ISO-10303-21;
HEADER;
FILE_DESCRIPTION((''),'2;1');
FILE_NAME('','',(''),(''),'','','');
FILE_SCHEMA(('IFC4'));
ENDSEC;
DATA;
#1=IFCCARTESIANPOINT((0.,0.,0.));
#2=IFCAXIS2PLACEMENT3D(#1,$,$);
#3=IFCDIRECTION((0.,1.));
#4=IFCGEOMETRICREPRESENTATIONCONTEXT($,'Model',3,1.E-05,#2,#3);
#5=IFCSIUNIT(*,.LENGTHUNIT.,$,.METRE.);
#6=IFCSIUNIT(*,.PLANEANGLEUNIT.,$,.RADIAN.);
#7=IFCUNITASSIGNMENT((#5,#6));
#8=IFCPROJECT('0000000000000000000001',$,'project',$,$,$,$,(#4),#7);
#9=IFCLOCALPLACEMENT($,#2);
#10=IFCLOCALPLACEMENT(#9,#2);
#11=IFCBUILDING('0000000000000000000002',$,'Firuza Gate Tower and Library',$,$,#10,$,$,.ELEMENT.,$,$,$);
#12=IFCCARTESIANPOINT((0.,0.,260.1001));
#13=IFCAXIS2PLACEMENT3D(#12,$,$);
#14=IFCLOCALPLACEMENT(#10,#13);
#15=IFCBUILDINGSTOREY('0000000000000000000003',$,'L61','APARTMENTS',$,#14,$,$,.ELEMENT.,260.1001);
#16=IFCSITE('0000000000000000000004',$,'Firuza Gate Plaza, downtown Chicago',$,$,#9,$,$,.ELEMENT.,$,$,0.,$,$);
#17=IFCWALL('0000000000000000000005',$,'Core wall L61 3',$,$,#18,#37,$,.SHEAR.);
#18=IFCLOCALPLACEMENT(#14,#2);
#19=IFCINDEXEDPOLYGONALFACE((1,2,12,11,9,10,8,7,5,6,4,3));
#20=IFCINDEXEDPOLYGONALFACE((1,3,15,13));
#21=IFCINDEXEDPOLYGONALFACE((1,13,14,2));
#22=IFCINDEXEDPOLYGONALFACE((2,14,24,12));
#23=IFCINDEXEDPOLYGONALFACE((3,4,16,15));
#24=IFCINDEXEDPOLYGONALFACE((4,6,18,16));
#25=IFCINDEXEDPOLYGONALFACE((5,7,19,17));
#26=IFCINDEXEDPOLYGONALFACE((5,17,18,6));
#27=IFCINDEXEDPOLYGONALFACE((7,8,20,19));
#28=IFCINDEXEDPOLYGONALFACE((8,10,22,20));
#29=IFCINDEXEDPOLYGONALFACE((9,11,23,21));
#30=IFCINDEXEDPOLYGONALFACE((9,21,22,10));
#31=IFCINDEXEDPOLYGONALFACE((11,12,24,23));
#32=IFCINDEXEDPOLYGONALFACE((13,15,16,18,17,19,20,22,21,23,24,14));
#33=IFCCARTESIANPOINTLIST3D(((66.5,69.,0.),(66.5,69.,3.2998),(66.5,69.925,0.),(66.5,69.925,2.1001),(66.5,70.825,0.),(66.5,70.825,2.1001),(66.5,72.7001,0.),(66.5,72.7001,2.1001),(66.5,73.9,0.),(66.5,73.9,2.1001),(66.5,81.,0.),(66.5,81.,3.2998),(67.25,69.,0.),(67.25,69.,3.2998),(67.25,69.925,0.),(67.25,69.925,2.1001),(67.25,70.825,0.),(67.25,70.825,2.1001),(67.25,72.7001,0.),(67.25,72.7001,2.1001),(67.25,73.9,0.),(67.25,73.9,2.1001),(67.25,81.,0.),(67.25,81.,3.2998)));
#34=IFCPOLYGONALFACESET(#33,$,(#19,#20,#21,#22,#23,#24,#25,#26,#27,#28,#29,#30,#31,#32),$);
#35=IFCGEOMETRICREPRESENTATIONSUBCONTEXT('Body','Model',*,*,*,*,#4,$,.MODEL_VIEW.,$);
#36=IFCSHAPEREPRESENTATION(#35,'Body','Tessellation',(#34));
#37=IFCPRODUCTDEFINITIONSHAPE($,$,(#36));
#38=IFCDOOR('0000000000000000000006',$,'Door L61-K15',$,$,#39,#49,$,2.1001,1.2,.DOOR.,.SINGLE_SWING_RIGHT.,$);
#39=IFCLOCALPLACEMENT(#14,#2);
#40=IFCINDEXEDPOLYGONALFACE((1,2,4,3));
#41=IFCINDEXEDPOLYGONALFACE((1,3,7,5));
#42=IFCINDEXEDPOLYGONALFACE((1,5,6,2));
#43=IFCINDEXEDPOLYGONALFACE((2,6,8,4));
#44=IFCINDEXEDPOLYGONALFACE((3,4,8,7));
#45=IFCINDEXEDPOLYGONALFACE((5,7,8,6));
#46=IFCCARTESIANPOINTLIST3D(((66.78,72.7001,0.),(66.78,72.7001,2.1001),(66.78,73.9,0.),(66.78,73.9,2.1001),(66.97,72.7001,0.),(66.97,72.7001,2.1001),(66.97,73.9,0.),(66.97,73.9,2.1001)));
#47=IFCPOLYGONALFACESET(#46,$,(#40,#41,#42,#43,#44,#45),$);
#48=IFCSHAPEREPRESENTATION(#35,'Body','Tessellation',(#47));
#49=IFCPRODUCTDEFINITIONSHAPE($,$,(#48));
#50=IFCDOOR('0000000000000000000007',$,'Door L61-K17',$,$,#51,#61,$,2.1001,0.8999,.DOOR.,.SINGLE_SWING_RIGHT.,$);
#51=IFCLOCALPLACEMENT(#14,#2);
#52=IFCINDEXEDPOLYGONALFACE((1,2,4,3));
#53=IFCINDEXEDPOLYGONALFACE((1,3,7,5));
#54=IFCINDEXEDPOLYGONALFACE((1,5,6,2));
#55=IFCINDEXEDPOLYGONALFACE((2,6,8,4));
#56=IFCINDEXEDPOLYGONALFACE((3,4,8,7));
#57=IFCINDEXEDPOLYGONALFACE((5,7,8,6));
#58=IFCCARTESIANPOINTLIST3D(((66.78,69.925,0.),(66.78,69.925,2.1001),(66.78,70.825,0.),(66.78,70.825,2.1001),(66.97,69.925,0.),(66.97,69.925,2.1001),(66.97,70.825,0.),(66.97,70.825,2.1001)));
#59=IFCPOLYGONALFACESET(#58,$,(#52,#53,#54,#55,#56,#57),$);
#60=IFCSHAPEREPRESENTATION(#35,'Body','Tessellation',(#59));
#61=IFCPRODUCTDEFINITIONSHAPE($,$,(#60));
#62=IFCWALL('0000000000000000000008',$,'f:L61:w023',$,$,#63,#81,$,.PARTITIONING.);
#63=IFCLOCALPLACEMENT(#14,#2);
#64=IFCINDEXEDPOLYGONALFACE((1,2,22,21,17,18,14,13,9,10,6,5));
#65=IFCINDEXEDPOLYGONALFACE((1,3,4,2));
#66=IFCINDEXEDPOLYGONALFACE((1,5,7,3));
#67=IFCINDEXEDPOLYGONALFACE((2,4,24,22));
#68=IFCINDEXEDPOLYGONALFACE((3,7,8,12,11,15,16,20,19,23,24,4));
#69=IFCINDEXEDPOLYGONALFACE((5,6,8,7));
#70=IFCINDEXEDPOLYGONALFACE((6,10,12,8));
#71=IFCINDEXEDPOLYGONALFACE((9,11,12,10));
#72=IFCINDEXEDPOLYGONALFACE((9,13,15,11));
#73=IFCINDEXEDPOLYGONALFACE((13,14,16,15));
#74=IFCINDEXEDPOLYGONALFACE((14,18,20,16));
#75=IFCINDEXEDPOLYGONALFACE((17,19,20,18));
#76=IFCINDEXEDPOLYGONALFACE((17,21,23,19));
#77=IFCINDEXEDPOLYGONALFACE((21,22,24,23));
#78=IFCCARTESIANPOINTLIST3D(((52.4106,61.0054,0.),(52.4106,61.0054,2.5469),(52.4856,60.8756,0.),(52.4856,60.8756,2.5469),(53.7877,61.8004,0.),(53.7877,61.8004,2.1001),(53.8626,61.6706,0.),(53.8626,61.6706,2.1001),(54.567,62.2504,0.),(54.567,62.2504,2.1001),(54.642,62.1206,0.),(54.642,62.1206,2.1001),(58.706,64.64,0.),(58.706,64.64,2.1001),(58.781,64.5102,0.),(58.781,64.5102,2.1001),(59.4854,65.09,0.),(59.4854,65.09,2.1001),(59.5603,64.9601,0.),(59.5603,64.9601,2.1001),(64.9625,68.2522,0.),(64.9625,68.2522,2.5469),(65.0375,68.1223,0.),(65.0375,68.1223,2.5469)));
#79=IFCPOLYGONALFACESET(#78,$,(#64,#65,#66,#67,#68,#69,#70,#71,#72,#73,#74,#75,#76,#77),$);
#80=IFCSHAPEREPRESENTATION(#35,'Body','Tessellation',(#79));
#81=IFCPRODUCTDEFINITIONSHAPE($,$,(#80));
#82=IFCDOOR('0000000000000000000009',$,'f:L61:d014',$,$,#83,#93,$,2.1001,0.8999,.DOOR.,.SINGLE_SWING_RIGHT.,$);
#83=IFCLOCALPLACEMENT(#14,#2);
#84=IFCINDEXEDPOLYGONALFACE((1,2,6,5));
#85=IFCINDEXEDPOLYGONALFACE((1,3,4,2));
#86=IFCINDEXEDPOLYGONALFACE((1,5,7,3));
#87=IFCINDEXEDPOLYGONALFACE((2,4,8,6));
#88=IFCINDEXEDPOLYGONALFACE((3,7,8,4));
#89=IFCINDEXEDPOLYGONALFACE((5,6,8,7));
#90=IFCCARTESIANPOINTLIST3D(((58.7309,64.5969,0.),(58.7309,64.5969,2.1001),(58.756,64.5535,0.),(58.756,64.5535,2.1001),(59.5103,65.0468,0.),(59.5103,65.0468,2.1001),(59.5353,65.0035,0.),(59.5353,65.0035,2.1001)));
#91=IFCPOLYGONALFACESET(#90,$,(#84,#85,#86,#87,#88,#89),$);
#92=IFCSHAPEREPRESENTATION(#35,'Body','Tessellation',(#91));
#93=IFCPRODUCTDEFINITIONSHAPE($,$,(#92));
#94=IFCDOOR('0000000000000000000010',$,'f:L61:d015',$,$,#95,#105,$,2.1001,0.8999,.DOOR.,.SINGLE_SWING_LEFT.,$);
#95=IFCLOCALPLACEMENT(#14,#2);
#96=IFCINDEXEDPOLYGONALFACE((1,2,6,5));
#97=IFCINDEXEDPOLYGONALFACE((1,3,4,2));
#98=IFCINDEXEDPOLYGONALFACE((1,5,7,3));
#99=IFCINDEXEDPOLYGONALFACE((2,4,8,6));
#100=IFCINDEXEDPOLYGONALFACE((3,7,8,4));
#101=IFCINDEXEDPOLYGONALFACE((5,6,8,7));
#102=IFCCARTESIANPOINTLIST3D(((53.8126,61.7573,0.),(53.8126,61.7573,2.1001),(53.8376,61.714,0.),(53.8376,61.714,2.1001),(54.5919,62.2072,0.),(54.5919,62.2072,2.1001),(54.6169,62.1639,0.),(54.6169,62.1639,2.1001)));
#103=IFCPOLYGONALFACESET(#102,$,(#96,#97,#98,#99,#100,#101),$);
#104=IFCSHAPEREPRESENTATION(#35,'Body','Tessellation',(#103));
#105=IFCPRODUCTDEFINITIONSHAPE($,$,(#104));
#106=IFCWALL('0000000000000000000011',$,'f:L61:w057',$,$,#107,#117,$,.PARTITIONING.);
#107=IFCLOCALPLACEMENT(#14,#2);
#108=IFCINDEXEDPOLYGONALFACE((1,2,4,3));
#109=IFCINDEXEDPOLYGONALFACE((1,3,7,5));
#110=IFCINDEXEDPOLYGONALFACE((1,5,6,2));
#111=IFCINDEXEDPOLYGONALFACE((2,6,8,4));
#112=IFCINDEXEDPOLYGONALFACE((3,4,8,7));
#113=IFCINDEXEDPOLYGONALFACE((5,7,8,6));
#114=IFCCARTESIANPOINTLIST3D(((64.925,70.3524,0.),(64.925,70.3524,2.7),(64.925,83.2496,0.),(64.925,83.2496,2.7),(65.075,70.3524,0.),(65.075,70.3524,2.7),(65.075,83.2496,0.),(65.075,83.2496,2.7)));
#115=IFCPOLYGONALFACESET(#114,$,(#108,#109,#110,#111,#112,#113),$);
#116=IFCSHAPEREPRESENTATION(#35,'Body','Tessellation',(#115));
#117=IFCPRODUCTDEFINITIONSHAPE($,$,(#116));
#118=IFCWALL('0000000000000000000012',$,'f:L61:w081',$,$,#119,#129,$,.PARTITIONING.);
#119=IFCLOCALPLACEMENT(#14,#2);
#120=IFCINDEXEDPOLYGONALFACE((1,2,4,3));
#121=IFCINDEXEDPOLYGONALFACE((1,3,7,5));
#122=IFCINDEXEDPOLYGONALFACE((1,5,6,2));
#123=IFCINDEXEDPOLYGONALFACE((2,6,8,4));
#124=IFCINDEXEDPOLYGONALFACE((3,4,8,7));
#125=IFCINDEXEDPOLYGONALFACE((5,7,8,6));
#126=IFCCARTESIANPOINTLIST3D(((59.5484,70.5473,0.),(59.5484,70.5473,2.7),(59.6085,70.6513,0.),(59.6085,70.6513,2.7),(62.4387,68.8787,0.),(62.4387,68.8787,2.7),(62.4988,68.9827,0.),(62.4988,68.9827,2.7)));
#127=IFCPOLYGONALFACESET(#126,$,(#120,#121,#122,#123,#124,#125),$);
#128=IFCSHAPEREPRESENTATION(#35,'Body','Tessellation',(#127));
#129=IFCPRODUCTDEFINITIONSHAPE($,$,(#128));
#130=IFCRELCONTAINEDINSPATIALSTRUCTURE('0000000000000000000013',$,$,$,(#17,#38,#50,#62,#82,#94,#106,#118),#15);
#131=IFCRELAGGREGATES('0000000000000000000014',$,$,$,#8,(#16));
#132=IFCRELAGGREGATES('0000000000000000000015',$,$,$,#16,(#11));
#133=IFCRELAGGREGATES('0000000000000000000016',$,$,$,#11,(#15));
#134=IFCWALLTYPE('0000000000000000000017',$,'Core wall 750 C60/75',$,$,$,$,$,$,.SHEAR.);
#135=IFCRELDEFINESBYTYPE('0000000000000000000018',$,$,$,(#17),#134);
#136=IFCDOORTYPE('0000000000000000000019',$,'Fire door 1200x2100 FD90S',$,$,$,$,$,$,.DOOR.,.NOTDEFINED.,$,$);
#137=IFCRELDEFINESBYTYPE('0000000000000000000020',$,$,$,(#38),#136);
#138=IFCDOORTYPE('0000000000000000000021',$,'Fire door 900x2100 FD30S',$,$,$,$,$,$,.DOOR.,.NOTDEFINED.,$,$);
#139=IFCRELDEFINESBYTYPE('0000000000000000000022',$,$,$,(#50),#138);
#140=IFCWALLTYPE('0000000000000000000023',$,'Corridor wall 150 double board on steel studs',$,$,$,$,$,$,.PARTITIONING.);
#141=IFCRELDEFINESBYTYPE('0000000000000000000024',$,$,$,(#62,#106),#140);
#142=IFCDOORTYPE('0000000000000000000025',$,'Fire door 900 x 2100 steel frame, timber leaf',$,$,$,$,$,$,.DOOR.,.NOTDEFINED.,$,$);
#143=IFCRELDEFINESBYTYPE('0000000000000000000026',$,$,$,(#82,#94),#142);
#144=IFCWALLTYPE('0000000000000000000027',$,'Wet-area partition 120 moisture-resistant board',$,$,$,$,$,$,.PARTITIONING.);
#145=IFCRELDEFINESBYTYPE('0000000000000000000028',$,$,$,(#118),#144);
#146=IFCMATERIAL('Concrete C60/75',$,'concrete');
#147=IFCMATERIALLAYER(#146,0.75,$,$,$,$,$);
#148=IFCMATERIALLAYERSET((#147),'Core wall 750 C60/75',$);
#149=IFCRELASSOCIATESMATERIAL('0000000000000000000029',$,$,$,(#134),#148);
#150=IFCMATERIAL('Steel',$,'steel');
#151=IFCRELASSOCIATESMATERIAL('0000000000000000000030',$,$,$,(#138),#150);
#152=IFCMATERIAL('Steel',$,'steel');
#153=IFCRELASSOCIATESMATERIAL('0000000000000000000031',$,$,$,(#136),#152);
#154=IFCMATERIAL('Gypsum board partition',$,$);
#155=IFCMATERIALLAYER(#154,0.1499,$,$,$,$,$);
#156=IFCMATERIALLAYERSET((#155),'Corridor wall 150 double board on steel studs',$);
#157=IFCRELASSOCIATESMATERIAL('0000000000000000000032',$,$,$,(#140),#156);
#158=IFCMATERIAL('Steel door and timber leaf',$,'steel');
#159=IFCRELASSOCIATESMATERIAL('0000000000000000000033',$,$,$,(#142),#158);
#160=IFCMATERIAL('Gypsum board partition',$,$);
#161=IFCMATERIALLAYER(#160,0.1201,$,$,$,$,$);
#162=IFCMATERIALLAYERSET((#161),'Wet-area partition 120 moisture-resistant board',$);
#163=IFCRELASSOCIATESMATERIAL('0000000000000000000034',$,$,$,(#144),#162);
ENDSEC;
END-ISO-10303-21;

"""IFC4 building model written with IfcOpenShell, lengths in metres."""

from ifc_helpers import new_model, si_unit, direction, frame, frame_2d, origin, place, context, subcontext, project, spatial, rectangle, extrude, material, layer, layer_set, type_object, element, fill, save


model = new_model("IFC4")

# Units and contexts
model_context = context("Model", 3, precision=1e-05, world=origin(), true_north=direction((0.0, 1.0)))
body_context = subcontext(model_context, "Body", "Model", "MODEL_VIEW")
ifc_project = project(units=[si_unit("LENGTHUNIT", "METRE"), si_unit("PLANEANGLEUNIT", "RADIAN")], contexts=[model_context])

# Site, building, storey
site_placement = place(None, origin())
site = spatial("IfcSite", under=ifc_project, at=site_placement, Name="Firuza Gate Plaza, downtown Chicago", CompositionType="ELEMENT", RefElevation=0.0)
building_placement = place(site_placement, origin())
building = spatial("IfcBuilding", under=site, at=building_placement, Name="Firuza Gate Tower and Library", CompositionType="ELEMENT")
storey_placement = place(building_placement, frame((0.0, 0.0, 260.1001)))
storey = spatial("IfcBuildingStorey", under=building, at=storey_placement, Name="L61", Description="APARTMENTS", CompositionType="ELEMENT", Elevation=260.1001)

# Shared definitions
ifc_material_1 = material(Name="Concrete C60/75", Category="concrete")
ifc_layer_1 = layer(ifc_material_1, 0.75)
ifc_layer_set_1 = layer_set([ifc_layer_1], Name="Core wall 750 C60/75")
wall_type_1 = type_object("IfcWallType", Name="Core wall 750 C60/75", PredefinedType="SHEAR", material=ifc_layer_set_1)
ifc_material_2 = material(Name="Steel", Category="steel")
door_type_1 = type_object("IfcDoorType", Name="Fire door 900x2100 FD30S", OperationType="NOTDEFINED", PredefinedType="DOOR", material=ifc_material_2)

# Walls, openings, doors
wall_1_placement = place(storey_placement, frame((66.875, 69.0, 0.0), z_axis=(0.0, 0.0, 1.0), x_axis=(0.0, 1.0, 0.0)))
wall_1 = element("IfcWall", 1, at=wall_1_placement, inside=storey, type_object=wall_type_1, Name="Core wall L61 3", PredefinedType="SHEAR", context=body_context, shape_type="SweptSolid", body=[
    extrude(rectangle(XDim=12.0, YDim=0.75, at=frame_2d((6.0, 0.0))), origin(), (0.0, 0.0, 1.0), 3.2998),
])
opening_1_placement = place(wall_1_placement, frame((3.7, 0.0, 0.0)))
opening_1 = element("IfcOpeningElement", 2, at=opening_1_placement, cuts=wall_1, PredefinedType="OPENING", context=body_context, shape_type="SweptSolid", body=[
    extrude(rectangle(XDim=1.2, YDim=2.1001, at=frame_2d((0.6001, 1.05))), frame((0.0, 0.385, 0.0), z_axis=(0.0, -1.0, 0.0), x_axis=(1.0, 0.0, 0.0)), (0.0, 0.0, 1.0), 0.77),
])
opening_2_placement = place(wall_1_placement, frame((0.925, 0.0, 0.0)))
opening_2 = element("IfcOpeningElement", 3, at=opening_2_placement, cuts=wall_1, PredefinedType="OPENING", context=body_context, shape_type="SweptSolid", body=[
    extrude(rectangle(XDim=0.8999, YDim=2.1001, at=frame_2d((0.45, 1.05))), frame((0.0, 0.385, 0.0), z_axis=(0.0, -1.0, 0.0), x_axis=(1.0, 0.0, 0.0)), (0.0, 0.0, 1.0), 0.77),
])
ifc_material_3 = material(Name="Steel", Category="steel")
door_type_2 = type_object("IfcDoorType", Name="Fire door 1200x2100 FD90S", OperationType="NOTDEFINED", PredefinedType="DOOR", material=ifc_material_3)
door_1_placement = place(opening_1_placement, origin())
door_1 = element("IfcDoor", 4, at=door_1_placement, inside=storey, type_object=door_type_2, Name="Door L61-K15", OperationType="SINGLE_SWING_RIGHT", OverallHeight=2.1001, OverallWidth=1.2, PredefinedType="DOOR", context=body_context, shape_type="SweptSolid", body=[
    extrude(rectangle(XDim=1.2, YDim=2.1001, at=frame_2d((0.6001, 1.05))), frame((0.0, 0.095, 0.0), z_axis=(0.0, -1.0, 0.0), x_axis=(1.0, 0.0, 0.0)), (0.0, 0.0, 1.0), 0.1899),
])
fill(opening_1, door_1)
door_2_placement = place(opening_2_placement, origin())
door_2 = element("IfcDoor", 5, at=door_2_placement, inside=storey, type_object=door_type_1, Name="Door L61-K17", OperationType="SINGLE_SWING_RIGHT", OverallHeight=2.1001, OverallWidth=0.8999, PredefinedType="DOOR", context=body_context, shape_type="SweptSolid", body=[
    extrude(rectangle(XDim=0.8999, YDim=2.1001, at=frame_2d((0.45, 1.05))), frame((0.0, 0.095, 0.0), z_axis=(0.0, -1.0, 0.0), x_axis=(1.0, 0.0, 0.0)), (0.0, 0.0, 1.0), 0.1899),
])
fill(opening_2, door_2)
ifc_material_4 = material(Name="Gypsum board partition")
ifc_layer_2 = layer(ifc_material_4, 0.1499)
ifc_layer_set_2 = layer_set([ifc_layer_2], Name="Corridor wall 150 double board on steel studs")
wall_type_2 = type_object("IfcWallType", Name="Corridor wall 150 double board on steel studs", PredefinedType="PARTITIONING", material=ifc_layer_set_2)
wall_2_placement = place(storey_placement, frame((65.0, 68.1873, 0.0), z_axis=(0.0, 0.0, 1.0), x_axis=(-0.866028, -0.499996, 0.0)))
wall_2 = element("IfcWall", 6, at=wall_2_placement, inside=storey, type_object=wall_type_2, Name="f:L61:w023", PredefinedType="PARTITIONING", context=body_context, shape_type="SweptSolid", body=[
    extrude(rectangle(XDim=14.4937, YDim=0.1499, at=frame_2d((7.2468, 0.0))), origin(), (0.0, 0.0, 1.0), 2.5469),
])
opening_3_placement = place(wall_2_placement, frame((6.3245, 0.0, 0.0)))
opening_3 = element("IfcOpeningElement", 7, at=opening_3_placement, cuts=wall_2, PredefinedType="OPENING", context=body_context, shape_type="SweptSolid", body=[
    extrude(rectangle(XDim=0.8999, YDim=2.1001, at=frame_2d((0.45, 1.05))), frame((0.0, 0.085, 0.0), z_axis=(0.0, -1.0, 0.0), x_axis=(1.0, 0.0, 0.0)), (0.0, 0.0, 1.0), 0.1699),
])
opening_4_placement = place(wall_2_placement, frame((12.0037, 0.0, 0.0)))
opening_4 = element("IfcOpeningElement", 8, at=opening_4_placement, cuts=wall_2, PredefinedType="OPENING", context=body_context, shape_type="SweptSolid", body=[
    extrude(rectangle(XDim=0.8999, YDim=2.1001, at=frame_2d((0.45, 1.05))), frame((0.0, 0.085, 0.0), z_axis=(0.0, -1.0, 0.0), x_axis=(1.0, 0.0, 0.0)), (0.0, 0.0, 1.0), 0.1699),
])
ifc_material_5 = material(Name="Steel door and timber leaf", Category="steel")
door_type_3 = type_object("IfcDoorType", Name="Fire door 900 x 2100 steel frame, timber leaf", OperationType="NOTDEFINED", PredefinedType="DOOR", material=ifc_material_5)
door_3_placement = place(opening_3_placement, origin())
door_3 = element("IfcDoor", 9, at=door_3_placement, inside=storey, type_object=door_type_3, Name="f:L61:d014", OperationType="SINGLE_SWING_RIGHT", OverallHeight=2.1001, OverallWidth=0.8999, PredefinedType="DOOR", context=body_context, shape_type="SweptSolid", body=[
    extrude(rectangle(XDim=0.8999, YDim=2.1001, at=frame_2d((0.45, 1.05))), frame((0.0, 0.0249, 0.0), z_axis=(0.0, -1.0, 0.0), x_axis=(1.0, 0.0, 0.0)), (0.0, 0.0, 1.0), 0.05),
])
fill(opening_3, door_3)
door_4_placement = place(opening_4_placement, origin())
door_4 = element("IfcDoor", 10, at=door_4_placement, inside=storey, type_object=door_type_3, Name="f:L61:d015", OperationType="SINGLE_SWING_LEFT", OverallHeight=2.1001, OverallWidth=0.8999, PredefinedType="DOOR", context=body_context, shape_type="SweptSolid", body=[
    extrude(rectangle(XDim=0.8999, YDim=2.1001, at=frame_2d((0.45, 1.05))), frame((0.0, 0.0249, 0.0), z_axis=(0.0, -1.0, 0.0), x_axis=(1.0, 0.0, 0.0)), (0.0, 0.0, 1.0), 0.05),
])
fill(opening_4, door_4)

# Walls
wall_3_placement = place(storey_placement, frame((65.0, 70.3523, 0.0), z_axis=(0.0, 0.0, 1.0), x_axis=(0.0, 1.0, 0.0)))
element("IfcWall", 11, at=wall_3_placement, inside=storey, type_object=wall_type_2, Name="f:L61:w057", PredefinedType="PARTITIONING", context=body_context, shape_type="SweptSolid", body=[
    extrude(rectangle(XDim=12.8972, YDim=0.1499, at=frame_2d((6.4487, 0.0))), origin(), (0.0, 0.0, 1.0), 2.7),
])
ifc_material_6 = material(Name="Gypsum board partition")
ifc_layer_3 = layer(ifc_material_6, 0.1201)
ifc_layer_set_3 = layer_set([ifc_layer_3], Name="Wet-area partition 120 moisture-resistant board")
wall_type_3 = type_object("IfcWallType", Name="Wet-area partition 120 moisture-resistant board", PredefinedType="PARTITIONING", material=ifc_layer_set_3)
wall_4_placement = place(storey_placement, frame((62.4688, 68.9307, 0.0), z_axis=(0.0, 0.0, 1.0), x_axis=(-0.866033, 0.499986, 0.0)))
element("IfcWall", 12, at=wall_4_placement, inside=storey, type_object=wall_type_3, Name="f:L61:w081", PredefinedType="PARTITIONING", context=body_context, shape_type="SweptSolid", body=[
    extrude(rectangle(XDim=3.3374, YDim=0.1201, at=frame_2d((1.6687, 0.0))), origin(), (0.0, 0.0, 1.0), 2.7),
])

save(model, "model.ifc")
